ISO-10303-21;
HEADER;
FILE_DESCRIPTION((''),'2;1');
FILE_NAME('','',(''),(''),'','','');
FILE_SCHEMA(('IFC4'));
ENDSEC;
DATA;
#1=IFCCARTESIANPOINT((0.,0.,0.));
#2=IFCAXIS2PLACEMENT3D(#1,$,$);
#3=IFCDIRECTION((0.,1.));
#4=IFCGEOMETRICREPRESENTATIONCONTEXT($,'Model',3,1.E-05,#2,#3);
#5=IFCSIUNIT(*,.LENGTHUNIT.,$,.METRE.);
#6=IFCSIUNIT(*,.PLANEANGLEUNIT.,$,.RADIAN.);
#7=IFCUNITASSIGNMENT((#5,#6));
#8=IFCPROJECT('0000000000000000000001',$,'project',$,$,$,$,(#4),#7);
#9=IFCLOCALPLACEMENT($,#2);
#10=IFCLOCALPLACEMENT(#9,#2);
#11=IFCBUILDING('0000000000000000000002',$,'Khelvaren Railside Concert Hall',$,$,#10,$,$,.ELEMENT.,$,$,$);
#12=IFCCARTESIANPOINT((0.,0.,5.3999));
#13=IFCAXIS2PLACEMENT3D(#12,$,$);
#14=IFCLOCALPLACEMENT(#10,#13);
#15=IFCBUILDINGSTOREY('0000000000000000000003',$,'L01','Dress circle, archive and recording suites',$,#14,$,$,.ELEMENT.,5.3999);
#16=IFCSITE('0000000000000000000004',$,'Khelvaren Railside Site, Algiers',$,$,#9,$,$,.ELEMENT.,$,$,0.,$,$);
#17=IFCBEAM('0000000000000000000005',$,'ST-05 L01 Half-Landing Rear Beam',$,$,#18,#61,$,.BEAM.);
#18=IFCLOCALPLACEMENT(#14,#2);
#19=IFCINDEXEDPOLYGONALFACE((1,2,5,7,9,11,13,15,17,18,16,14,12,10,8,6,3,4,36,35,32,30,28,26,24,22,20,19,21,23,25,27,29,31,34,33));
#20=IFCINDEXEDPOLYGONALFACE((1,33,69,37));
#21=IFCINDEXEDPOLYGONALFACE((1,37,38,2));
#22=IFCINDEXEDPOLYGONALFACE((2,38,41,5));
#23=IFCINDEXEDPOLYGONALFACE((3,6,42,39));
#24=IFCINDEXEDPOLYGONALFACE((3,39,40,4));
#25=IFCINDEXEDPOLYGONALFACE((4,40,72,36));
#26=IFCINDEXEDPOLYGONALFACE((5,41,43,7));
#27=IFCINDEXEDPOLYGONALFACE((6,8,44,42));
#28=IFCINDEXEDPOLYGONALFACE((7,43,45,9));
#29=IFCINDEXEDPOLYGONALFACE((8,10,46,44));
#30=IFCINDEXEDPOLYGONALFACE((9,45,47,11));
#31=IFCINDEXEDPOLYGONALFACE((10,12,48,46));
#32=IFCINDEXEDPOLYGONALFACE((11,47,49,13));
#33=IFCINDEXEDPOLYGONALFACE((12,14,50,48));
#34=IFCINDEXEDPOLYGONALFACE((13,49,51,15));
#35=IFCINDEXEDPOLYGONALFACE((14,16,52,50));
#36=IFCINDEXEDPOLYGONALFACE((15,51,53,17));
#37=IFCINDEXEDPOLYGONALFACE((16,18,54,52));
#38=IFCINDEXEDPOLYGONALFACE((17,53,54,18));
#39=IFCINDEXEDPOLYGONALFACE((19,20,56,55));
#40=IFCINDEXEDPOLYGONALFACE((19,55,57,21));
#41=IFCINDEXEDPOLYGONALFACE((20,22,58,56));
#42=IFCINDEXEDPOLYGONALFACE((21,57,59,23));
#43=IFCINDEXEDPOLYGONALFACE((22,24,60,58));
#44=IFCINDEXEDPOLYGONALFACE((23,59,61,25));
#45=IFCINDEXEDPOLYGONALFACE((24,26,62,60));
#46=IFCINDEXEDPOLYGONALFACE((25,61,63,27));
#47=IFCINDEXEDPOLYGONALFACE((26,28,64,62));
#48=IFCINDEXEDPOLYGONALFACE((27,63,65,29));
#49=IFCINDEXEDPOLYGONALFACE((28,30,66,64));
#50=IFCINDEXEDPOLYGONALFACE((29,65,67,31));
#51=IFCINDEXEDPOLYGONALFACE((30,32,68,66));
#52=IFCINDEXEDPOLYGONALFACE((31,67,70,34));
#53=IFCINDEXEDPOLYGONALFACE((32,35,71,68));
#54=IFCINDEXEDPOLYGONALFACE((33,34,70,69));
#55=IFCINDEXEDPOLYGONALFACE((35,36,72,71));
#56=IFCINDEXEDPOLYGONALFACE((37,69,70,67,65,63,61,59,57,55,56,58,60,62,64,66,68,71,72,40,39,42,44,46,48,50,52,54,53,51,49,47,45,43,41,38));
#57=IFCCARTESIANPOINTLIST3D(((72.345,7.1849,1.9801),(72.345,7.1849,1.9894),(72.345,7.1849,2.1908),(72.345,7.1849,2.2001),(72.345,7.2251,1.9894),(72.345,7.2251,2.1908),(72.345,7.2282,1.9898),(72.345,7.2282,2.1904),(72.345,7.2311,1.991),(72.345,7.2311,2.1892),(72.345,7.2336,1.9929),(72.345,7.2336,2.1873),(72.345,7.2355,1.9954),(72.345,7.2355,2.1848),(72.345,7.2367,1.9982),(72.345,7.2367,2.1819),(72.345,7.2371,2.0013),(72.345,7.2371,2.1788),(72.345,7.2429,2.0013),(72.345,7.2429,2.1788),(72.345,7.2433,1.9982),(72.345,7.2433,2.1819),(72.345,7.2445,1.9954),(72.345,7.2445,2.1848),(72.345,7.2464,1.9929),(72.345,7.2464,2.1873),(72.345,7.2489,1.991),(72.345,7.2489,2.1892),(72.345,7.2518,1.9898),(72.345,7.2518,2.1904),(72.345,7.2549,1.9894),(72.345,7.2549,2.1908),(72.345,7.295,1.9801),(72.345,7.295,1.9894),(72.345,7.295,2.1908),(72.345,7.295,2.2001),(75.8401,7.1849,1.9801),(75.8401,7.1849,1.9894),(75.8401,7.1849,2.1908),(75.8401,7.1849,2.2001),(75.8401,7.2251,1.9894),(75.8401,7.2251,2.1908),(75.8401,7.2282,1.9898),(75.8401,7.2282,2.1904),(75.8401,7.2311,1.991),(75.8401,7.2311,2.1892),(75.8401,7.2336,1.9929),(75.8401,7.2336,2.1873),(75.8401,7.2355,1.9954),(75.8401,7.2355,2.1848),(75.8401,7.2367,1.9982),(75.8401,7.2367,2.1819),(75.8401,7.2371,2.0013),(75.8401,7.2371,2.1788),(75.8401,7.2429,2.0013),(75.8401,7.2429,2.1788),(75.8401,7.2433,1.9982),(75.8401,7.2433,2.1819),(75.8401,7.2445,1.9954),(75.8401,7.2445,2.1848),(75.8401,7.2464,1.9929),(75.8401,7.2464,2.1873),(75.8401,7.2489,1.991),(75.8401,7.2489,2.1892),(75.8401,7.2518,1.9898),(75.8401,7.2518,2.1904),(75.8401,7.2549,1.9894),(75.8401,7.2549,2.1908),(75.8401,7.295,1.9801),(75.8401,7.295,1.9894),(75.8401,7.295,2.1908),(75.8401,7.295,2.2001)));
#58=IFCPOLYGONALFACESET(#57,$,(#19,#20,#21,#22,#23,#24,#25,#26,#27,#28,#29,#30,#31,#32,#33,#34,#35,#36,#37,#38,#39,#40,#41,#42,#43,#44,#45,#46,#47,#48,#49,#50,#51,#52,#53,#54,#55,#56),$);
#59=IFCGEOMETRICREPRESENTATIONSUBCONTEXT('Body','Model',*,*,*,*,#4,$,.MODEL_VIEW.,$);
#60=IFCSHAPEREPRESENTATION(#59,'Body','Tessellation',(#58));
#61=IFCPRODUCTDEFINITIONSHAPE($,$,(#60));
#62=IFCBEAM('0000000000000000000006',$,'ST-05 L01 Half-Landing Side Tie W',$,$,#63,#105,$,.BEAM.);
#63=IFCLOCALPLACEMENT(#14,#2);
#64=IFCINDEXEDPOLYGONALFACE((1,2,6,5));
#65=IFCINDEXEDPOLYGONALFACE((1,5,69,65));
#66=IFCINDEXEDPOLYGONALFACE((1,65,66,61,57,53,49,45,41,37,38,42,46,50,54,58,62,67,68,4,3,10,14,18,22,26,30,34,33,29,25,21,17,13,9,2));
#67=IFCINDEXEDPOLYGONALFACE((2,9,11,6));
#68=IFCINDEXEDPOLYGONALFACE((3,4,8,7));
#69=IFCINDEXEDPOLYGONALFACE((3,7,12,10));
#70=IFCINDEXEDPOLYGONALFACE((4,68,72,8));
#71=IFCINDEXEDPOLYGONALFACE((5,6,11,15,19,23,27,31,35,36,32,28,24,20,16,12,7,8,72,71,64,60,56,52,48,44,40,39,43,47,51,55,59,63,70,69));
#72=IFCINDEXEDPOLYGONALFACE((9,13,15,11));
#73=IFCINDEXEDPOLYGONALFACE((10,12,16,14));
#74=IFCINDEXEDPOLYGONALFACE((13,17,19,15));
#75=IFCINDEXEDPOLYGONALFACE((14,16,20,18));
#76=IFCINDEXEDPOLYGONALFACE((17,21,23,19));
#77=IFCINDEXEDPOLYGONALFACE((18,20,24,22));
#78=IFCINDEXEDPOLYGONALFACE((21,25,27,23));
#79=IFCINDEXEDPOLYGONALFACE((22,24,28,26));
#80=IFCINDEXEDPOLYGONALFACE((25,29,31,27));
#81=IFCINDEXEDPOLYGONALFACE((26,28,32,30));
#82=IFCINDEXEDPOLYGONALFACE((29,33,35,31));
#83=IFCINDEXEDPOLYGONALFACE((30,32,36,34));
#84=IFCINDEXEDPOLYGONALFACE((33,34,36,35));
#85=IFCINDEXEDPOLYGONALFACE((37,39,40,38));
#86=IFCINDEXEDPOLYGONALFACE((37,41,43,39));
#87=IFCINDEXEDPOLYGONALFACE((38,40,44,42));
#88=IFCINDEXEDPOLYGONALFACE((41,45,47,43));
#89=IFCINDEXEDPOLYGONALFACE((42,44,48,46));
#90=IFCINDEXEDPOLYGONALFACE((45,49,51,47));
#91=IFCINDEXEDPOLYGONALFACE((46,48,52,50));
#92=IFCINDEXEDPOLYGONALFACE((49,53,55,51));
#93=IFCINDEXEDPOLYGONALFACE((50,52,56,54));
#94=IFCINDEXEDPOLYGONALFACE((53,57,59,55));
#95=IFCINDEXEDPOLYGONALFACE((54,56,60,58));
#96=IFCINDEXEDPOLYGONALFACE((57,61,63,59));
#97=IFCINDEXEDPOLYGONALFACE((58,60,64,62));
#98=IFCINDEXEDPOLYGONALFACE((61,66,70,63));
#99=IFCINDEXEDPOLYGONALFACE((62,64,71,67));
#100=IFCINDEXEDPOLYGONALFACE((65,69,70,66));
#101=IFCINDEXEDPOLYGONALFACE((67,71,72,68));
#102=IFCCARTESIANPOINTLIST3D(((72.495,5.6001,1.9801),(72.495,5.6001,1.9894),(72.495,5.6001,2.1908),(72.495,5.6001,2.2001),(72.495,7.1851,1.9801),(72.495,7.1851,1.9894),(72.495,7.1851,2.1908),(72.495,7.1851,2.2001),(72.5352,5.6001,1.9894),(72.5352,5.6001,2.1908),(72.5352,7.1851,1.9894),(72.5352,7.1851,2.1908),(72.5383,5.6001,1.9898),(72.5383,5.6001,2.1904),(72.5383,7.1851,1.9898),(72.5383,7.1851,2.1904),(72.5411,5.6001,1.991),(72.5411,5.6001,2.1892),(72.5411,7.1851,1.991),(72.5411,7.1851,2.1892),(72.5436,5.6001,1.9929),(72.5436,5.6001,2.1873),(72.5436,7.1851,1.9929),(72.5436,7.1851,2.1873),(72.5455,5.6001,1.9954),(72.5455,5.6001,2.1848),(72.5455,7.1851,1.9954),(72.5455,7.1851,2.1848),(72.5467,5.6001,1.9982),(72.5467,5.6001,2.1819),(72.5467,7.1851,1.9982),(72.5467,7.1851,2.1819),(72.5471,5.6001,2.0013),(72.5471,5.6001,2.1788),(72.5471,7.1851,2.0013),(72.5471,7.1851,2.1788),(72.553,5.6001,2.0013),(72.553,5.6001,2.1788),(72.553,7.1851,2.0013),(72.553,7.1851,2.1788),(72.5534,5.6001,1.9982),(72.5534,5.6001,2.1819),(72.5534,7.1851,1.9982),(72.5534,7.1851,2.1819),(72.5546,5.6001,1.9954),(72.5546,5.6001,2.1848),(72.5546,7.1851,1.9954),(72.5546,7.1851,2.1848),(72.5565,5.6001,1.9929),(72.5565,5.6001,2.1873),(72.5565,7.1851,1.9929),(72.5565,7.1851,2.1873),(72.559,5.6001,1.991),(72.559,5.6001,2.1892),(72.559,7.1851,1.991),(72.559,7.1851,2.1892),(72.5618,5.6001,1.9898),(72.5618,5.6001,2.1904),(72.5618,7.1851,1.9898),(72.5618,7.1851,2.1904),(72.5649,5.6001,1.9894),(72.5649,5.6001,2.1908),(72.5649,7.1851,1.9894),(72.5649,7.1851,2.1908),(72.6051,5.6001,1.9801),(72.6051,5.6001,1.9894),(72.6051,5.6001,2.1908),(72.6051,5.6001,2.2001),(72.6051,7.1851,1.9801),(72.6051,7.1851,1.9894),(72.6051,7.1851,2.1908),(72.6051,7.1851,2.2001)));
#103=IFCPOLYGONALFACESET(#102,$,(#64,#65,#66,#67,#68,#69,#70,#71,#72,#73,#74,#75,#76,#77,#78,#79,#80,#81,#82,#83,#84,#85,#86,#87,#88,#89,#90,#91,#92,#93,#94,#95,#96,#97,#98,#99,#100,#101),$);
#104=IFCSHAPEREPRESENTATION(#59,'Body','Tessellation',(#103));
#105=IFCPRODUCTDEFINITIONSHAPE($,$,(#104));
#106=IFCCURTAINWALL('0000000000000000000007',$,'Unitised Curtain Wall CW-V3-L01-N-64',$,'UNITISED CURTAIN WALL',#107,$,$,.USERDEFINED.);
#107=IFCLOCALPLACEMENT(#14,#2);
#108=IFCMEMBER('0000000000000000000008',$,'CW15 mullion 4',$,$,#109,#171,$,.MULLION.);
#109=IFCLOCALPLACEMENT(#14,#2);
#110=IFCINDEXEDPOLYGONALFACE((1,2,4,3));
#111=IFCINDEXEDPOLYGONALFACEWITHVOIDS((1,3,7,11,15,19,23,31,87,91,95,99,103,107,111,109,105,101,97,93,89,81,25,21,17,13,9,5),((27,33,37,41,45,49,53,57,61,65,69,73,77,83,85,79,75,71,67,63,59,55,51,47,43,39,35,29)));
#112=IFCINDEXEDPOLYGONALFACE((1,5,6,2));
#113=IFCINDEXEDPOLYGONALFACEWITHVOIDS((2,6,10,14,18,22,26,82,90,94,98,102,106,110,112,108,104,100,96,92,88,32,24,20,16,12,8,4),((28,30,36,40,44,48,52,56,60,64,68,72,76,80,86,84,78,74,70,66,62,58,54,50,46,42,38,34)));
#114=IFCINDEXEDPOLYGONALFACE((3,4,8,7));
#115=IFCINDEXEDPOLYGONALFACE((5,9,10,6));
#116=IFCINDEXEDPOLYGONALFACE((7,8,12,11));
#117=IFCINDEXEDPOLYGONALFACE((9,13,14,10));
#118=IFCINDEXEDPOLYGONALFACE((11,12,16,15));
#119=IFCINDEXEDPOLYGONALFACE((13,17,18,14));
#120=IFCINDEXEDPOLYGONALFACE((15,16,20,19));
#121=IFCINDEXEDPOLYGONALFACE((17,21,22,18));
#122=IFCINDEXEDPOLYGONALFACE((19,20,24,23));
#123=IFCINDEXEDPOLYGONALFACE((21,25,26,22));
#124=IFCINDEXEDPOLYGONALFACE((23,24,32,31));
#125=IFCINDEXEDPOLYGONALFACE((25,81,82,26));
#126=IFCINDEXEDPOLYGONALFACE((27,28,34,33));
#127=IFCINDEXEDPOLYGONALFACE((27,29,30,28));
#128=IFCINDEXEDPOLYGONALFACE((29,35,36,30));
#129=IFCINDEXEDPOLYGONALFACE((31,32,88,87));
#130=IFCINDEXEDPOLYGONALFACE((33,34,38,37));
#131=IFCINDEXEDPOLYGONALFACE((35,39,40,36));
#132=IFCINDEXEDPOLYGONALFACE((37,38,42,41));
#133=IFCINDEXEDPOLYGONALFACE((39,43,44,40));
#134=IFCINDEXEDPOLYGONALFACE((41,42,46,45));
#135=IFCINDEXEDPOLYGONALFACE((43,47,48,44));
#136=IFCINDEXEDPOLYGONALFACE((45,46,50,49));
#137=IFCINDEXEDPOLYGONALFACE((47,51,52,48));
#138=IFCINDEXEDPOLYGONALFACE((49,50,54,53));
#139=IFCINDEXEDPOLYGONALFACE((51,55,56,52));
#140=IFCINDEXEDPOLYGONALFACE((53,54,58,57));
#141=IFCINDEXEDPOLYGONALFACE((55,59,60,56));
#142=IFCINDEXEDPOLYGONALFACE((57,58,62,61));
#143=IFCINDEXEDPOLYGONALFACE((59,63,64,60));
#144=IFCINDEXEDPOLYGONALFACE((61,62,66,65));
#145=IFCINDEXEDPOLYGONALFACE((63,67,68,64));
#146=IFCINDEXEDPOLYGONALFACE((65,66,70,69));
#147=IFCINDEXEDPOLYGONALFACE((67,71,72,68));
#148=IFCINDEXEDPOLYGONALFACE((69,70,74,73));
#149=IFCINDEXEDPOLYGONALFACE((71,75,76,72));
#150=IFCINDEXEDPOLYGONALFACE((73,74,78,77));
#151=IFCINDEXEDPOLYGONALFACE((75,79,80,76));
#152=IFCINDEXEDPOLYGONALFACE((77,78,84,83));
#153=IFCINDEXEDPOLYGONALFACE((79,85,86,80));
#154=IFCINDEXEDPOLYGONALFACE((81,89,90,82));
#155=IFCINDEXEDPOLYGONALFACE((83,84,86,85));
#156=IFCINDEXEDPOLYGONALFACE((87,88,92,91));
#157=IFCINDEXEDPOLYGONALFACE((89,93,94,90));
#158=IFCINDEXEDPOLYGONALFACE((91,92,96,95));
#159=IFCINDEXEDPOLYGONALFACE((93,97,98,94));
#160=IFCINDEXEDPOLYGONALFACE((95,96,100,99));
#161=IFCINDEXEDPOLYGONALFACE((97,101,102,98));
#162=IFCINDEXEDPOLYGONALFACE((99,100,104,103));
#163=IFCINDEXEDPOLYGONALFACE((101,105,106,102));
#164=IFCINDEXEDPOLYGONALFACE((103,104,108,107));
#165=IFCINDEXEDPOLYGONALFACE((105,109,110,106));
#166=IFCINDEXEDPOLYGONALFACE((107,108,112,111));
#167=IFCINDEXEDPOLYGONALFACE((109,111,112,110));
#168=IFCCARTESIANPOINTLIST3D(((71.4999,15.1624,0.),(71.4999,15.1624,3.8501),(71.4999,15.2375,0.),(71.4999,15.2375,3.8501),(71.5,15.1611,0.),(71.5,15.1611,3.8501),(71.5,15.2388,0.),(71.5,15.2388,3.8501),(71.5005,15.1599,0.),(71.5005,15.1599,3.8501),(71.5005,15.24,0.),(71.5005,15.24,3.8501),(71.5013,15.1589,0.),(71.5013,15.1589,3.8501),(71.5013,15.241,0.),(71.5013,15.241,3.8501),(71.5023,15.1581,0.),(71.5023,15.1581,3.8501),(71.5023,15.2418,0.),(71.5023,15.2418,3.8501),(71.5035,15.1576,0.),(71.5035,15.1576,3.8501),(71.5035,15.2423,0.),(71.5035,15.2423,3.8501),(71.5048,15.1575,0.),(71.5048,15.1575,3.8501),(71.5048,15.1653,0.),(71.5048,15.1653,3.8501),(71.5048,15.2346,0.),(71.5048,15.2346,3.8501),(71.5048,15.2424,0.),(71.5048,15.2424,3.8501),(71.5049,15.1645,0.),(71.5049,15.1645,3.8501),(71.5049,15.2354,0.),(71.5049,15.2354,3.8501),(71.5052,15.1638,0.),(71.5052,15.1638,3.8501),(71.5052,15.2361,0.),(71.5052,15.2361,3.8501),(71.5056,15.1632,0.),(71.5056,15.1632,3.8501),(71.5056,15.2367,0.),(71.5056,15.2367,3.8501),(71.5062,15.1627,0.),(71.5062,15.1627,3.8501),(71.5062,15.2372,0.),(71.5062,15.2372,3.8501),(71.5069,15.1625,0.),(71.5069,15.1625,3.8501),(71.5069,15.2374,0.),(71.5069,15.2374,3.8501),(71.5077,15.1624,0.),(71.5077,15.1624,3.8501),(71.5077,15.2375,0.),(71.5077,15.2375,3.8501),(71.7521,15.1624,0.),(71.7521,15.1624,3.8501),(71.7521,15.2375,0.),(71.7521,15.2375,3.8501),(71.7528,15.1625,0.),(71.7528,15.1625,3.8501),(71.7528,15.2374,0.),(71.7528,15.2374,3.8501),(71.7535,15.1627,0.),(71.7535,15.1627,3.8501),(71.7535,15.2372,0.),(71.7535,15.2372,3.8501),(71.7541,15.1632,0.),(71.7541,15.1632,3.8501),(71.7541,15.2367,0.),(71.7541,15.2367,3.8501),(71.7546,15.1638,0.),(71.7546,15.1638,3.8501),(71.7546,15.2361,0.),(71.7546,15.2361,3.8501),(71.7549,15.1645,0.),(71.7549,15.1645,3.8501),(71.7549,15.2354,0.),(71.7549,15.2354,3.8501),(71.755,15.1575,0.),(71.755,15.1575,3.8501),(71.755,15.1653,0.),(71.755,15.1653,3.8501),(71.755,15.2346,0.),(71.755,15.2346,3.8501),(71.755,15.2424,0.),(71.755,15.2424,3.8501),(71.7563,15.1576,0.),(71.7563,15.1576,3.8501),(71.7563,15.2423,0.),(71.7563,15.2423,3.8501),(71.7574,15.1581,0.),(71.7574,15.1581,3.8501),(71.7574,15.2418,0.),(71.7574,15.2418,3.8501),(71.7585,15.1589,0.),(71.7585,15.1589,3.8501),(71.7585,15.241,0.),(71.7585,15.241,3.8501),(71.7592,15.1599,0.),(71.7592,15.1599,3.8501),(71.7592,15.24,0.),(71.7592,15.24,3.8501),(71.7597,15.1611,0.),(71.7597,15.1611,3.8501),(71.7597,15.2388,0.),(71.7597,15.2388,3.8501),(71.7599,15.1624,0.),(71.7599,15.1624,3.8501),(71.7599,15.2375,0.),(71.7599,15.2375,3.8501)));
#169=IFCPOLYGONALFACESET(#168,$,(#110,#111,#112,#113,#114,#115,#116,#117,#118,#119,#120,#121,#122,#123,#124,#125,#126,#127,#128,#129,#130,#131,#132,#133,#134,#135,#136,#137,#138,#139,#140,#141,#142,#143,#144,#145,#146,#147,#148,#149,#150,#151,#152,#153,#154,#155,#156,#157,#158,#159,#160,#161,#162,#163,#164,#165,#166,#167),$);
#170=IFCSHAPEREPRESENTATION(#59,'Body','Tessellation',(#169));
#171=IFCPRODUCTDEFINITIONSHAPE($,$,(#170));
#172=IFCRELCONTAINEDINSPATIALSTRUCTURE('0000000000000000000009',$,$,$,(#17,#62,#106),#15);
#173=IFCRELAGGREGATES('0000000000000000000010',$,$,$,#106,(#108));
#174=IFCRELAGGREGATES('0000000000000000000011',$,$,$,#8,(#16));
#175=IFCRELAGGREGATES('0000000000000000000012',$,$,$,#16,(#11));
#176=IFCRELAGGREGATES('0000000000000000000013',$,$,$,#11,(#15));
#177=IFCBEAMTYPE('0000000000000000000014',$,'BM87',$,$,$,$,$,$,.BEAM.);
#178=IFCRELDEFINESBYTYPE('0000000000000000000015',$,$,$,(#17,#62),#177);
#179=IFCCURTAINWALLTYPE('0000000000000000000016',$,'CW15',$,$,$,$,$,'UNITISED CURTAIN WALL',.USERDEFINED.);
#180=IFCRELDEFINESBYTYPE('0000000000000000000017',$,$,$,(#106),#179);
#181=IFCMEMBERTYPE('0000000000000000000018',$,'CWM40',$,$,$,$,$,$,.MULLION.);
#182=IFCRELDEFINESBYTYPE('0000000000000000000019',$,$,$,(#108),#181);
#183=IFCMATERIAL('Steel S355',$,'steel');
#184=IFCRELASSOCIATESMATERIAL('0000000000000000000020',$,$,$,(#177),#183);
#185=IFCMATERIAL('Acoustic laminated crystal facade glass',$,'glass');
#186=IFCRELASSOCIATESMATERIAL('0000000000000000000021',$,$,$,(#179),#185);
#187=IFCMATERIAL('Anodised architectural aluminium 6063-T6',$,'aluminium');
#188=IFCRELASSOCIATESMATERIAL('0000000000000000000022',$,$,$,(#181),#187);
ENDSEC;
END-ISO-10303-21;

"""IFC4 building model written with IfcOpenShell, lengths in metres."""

from ifc_helpers import new_model, si_unit, direction, frame, origin, origin_2d, place, context, subcontext, project, spatial, hollow_rectangle, i_section, extrude, material, material_profile, profile_set, type_object, element, aggregate, save


model = new_model("IFC4")

# Units and contexts
model_context = context("Model", 3, precision=1e-05, world=origin(), true_north=direction((0.0, 1.0)))
body_context = subcontext(model_context, "Body", "Model", "MODEL_VIEW")
ifc_project = project(units=[si_unit("LENGTHUNIT", "METRE"), si_unit("PLANEANGLEUNIT", "RADIAN")], contexts=[model_context])

# Site, building, storey
site_placement = place(None, origin())
site = spatial("IfcSite", under=ifc_project, at=site_placement, Name="Khelvaren Railside Site, Algiers", CompositionType="ELEMENT", RefElevation=0.0)
building_placement = place(site_placement, origin())
building = spatial("IfcBuilding", under=site, at=building_placement, Name="Khelvaren Railside Concert Hall", CompositionType="ELEMENT")
storey_placement = place(building_placement, frame((0.0, 0.0, 5.3999)))
storey = spatial("IfcBuildingStorey", under=building, at=storey_placement, Name="L01", Description="Dress circle, archive and recording suites", CompositionType="ELEMENT", Elevation=5.3999)

# Beams
ifc_material_1 = material(Name="Steel S355", Category="steel")
ifc_material_profile_1 = material_profile(ifc_material_1, i_section(OverallWidth=0.1101, OverallDepth=0.22, WebThickness=0.0059, FlangeThickness=0.0093, FilletRadius=0.012, at=origin_2d()), Name="IPE 220")
ifc_profile_set_1 = profile_set([ifc_material_profile_1], Name="Steel S355")
beam_type_1 = type_object("IfcBeamType", Name="BM87", PredefinedType="BEAM", material=ifc_profile_set_1)
for number, where, z_axis, x_axis, name in (
    (1, (72.345, 7.24, 2.0901), (1.0, 0.0, 0.0), (0.0, 1.0, 0.0), "ST-05 L01 Half-Landing Rear Beam"),
):
    element("IfcBeam", number, at=place(storey_placement, frame(where, z_axis=z_axis, x_axis=x_axis)), inside=storey, type_object=beam_type_1, Name=name, PredefinedType="BEAM", context=body_context, shape_type="SweptSolid", body=[
        extrude(i_section(OverallWidth=0.1101, OverallDepth=0.22, WebThickness=0.0059, FlangeThickness=0.0093, FilletRadius=0.012, at=origin_2d()), origin(), (0.0, 0.0, 1.0), 3.4951),
    ])
beam_1_placement = place(storey_placement, frame((72.55, 5.6001, 2.0901), z_axis=(0.0, 1.0, 0.0), x_axis=(-1.0, 0.0, 0.0)))
element("IfcBeam", 2, at=beam_1_placement, inside=storey, type_object=beam_type_1, Name="ST-05 L01 Half-Landing Side Tie W", PredefinedType="BEAM", context=body_context, shape_type="SweptSolid", body=[
    extrude(i_section(OverallWidth=0.1101, OverallDepth=0.22, WebThickness=0.0059, FlangeThickness=0.0093, FilletRadius=0.012, at=origin_2d()), origin(), (0.0, 0.0, 1.0), 1.585),
])

# Curtain wall, member
ifc_material_2 = material(Name="Acoustic laminated crystal facade glass", Category="glass")
curtain_wall_type_1 = type_object("IfcCurtainWallType", Name="CW15", ElementType="UNITISED CURTAIN WALL", PredefinedType="USERDEFINED", material=ifc_material_2)
curtain_wall_1_placement = place(storey_placement, origin())
curtain_wall_1 = element("IfcCurtainWall", 3, at=curtain_wall_1_placement, inside=storey, type_object=curtain_wall_type_1, Name="Unitised Curtain Wall CW-V3-L01-N-64", ObjectType="UNITISED CURTAIN WALL", PredefinedType="USERDEFINED")
ifc_material_3 = material(Name="Anodised architectural aluminium 6063-T6", Category="aluminium")
ifc_material_profile_2 = material_profile(ifc_material_3, hollow_rectangle(XDim=0.085, YDim=0.26, WallThickness=0.0049, InnerFilletRadius=0.0029, OuterFilletRadius=0.0049, at=origin_2d()), Name="CWM 85x260x5")
ifc_profile_set_2 = profile_set([ifc_material_profile_2], Name="Anodised architectural aluminium 6063-T6")
member_type_1 = type_object("IfcMemberType", Name="CWM40", PredefinedType="MULLION", material=ifc_profile_set_2)
member_1_placement = place(storey_placement, frame((71.6299, 15.2, 0.0), z_axis=(0.0, 0.0, 1.0), x_axis=(0.0, 1.0, 0.0)))
member_1 = element("IfcMember", 4, at=member_1_placement, type_object=member_type_1, Name="CW15 mullion 4", PredefinedType="MULLION", context=body_context, shape_type="SweptSolid", body=[
    extrude(hollow_rectangle(XDim=0.085, YDim=0.26, WallThickness=0.0049, InnerFilletRadius=0.0029, OuterFilletRadius=0.0049, at=origin_2d()), origin(), (0.0, 0.0, 1.0), 3.8501),
])

aggregate(curtain_wall_1, [member_1])

save(model, "model.ifc")
